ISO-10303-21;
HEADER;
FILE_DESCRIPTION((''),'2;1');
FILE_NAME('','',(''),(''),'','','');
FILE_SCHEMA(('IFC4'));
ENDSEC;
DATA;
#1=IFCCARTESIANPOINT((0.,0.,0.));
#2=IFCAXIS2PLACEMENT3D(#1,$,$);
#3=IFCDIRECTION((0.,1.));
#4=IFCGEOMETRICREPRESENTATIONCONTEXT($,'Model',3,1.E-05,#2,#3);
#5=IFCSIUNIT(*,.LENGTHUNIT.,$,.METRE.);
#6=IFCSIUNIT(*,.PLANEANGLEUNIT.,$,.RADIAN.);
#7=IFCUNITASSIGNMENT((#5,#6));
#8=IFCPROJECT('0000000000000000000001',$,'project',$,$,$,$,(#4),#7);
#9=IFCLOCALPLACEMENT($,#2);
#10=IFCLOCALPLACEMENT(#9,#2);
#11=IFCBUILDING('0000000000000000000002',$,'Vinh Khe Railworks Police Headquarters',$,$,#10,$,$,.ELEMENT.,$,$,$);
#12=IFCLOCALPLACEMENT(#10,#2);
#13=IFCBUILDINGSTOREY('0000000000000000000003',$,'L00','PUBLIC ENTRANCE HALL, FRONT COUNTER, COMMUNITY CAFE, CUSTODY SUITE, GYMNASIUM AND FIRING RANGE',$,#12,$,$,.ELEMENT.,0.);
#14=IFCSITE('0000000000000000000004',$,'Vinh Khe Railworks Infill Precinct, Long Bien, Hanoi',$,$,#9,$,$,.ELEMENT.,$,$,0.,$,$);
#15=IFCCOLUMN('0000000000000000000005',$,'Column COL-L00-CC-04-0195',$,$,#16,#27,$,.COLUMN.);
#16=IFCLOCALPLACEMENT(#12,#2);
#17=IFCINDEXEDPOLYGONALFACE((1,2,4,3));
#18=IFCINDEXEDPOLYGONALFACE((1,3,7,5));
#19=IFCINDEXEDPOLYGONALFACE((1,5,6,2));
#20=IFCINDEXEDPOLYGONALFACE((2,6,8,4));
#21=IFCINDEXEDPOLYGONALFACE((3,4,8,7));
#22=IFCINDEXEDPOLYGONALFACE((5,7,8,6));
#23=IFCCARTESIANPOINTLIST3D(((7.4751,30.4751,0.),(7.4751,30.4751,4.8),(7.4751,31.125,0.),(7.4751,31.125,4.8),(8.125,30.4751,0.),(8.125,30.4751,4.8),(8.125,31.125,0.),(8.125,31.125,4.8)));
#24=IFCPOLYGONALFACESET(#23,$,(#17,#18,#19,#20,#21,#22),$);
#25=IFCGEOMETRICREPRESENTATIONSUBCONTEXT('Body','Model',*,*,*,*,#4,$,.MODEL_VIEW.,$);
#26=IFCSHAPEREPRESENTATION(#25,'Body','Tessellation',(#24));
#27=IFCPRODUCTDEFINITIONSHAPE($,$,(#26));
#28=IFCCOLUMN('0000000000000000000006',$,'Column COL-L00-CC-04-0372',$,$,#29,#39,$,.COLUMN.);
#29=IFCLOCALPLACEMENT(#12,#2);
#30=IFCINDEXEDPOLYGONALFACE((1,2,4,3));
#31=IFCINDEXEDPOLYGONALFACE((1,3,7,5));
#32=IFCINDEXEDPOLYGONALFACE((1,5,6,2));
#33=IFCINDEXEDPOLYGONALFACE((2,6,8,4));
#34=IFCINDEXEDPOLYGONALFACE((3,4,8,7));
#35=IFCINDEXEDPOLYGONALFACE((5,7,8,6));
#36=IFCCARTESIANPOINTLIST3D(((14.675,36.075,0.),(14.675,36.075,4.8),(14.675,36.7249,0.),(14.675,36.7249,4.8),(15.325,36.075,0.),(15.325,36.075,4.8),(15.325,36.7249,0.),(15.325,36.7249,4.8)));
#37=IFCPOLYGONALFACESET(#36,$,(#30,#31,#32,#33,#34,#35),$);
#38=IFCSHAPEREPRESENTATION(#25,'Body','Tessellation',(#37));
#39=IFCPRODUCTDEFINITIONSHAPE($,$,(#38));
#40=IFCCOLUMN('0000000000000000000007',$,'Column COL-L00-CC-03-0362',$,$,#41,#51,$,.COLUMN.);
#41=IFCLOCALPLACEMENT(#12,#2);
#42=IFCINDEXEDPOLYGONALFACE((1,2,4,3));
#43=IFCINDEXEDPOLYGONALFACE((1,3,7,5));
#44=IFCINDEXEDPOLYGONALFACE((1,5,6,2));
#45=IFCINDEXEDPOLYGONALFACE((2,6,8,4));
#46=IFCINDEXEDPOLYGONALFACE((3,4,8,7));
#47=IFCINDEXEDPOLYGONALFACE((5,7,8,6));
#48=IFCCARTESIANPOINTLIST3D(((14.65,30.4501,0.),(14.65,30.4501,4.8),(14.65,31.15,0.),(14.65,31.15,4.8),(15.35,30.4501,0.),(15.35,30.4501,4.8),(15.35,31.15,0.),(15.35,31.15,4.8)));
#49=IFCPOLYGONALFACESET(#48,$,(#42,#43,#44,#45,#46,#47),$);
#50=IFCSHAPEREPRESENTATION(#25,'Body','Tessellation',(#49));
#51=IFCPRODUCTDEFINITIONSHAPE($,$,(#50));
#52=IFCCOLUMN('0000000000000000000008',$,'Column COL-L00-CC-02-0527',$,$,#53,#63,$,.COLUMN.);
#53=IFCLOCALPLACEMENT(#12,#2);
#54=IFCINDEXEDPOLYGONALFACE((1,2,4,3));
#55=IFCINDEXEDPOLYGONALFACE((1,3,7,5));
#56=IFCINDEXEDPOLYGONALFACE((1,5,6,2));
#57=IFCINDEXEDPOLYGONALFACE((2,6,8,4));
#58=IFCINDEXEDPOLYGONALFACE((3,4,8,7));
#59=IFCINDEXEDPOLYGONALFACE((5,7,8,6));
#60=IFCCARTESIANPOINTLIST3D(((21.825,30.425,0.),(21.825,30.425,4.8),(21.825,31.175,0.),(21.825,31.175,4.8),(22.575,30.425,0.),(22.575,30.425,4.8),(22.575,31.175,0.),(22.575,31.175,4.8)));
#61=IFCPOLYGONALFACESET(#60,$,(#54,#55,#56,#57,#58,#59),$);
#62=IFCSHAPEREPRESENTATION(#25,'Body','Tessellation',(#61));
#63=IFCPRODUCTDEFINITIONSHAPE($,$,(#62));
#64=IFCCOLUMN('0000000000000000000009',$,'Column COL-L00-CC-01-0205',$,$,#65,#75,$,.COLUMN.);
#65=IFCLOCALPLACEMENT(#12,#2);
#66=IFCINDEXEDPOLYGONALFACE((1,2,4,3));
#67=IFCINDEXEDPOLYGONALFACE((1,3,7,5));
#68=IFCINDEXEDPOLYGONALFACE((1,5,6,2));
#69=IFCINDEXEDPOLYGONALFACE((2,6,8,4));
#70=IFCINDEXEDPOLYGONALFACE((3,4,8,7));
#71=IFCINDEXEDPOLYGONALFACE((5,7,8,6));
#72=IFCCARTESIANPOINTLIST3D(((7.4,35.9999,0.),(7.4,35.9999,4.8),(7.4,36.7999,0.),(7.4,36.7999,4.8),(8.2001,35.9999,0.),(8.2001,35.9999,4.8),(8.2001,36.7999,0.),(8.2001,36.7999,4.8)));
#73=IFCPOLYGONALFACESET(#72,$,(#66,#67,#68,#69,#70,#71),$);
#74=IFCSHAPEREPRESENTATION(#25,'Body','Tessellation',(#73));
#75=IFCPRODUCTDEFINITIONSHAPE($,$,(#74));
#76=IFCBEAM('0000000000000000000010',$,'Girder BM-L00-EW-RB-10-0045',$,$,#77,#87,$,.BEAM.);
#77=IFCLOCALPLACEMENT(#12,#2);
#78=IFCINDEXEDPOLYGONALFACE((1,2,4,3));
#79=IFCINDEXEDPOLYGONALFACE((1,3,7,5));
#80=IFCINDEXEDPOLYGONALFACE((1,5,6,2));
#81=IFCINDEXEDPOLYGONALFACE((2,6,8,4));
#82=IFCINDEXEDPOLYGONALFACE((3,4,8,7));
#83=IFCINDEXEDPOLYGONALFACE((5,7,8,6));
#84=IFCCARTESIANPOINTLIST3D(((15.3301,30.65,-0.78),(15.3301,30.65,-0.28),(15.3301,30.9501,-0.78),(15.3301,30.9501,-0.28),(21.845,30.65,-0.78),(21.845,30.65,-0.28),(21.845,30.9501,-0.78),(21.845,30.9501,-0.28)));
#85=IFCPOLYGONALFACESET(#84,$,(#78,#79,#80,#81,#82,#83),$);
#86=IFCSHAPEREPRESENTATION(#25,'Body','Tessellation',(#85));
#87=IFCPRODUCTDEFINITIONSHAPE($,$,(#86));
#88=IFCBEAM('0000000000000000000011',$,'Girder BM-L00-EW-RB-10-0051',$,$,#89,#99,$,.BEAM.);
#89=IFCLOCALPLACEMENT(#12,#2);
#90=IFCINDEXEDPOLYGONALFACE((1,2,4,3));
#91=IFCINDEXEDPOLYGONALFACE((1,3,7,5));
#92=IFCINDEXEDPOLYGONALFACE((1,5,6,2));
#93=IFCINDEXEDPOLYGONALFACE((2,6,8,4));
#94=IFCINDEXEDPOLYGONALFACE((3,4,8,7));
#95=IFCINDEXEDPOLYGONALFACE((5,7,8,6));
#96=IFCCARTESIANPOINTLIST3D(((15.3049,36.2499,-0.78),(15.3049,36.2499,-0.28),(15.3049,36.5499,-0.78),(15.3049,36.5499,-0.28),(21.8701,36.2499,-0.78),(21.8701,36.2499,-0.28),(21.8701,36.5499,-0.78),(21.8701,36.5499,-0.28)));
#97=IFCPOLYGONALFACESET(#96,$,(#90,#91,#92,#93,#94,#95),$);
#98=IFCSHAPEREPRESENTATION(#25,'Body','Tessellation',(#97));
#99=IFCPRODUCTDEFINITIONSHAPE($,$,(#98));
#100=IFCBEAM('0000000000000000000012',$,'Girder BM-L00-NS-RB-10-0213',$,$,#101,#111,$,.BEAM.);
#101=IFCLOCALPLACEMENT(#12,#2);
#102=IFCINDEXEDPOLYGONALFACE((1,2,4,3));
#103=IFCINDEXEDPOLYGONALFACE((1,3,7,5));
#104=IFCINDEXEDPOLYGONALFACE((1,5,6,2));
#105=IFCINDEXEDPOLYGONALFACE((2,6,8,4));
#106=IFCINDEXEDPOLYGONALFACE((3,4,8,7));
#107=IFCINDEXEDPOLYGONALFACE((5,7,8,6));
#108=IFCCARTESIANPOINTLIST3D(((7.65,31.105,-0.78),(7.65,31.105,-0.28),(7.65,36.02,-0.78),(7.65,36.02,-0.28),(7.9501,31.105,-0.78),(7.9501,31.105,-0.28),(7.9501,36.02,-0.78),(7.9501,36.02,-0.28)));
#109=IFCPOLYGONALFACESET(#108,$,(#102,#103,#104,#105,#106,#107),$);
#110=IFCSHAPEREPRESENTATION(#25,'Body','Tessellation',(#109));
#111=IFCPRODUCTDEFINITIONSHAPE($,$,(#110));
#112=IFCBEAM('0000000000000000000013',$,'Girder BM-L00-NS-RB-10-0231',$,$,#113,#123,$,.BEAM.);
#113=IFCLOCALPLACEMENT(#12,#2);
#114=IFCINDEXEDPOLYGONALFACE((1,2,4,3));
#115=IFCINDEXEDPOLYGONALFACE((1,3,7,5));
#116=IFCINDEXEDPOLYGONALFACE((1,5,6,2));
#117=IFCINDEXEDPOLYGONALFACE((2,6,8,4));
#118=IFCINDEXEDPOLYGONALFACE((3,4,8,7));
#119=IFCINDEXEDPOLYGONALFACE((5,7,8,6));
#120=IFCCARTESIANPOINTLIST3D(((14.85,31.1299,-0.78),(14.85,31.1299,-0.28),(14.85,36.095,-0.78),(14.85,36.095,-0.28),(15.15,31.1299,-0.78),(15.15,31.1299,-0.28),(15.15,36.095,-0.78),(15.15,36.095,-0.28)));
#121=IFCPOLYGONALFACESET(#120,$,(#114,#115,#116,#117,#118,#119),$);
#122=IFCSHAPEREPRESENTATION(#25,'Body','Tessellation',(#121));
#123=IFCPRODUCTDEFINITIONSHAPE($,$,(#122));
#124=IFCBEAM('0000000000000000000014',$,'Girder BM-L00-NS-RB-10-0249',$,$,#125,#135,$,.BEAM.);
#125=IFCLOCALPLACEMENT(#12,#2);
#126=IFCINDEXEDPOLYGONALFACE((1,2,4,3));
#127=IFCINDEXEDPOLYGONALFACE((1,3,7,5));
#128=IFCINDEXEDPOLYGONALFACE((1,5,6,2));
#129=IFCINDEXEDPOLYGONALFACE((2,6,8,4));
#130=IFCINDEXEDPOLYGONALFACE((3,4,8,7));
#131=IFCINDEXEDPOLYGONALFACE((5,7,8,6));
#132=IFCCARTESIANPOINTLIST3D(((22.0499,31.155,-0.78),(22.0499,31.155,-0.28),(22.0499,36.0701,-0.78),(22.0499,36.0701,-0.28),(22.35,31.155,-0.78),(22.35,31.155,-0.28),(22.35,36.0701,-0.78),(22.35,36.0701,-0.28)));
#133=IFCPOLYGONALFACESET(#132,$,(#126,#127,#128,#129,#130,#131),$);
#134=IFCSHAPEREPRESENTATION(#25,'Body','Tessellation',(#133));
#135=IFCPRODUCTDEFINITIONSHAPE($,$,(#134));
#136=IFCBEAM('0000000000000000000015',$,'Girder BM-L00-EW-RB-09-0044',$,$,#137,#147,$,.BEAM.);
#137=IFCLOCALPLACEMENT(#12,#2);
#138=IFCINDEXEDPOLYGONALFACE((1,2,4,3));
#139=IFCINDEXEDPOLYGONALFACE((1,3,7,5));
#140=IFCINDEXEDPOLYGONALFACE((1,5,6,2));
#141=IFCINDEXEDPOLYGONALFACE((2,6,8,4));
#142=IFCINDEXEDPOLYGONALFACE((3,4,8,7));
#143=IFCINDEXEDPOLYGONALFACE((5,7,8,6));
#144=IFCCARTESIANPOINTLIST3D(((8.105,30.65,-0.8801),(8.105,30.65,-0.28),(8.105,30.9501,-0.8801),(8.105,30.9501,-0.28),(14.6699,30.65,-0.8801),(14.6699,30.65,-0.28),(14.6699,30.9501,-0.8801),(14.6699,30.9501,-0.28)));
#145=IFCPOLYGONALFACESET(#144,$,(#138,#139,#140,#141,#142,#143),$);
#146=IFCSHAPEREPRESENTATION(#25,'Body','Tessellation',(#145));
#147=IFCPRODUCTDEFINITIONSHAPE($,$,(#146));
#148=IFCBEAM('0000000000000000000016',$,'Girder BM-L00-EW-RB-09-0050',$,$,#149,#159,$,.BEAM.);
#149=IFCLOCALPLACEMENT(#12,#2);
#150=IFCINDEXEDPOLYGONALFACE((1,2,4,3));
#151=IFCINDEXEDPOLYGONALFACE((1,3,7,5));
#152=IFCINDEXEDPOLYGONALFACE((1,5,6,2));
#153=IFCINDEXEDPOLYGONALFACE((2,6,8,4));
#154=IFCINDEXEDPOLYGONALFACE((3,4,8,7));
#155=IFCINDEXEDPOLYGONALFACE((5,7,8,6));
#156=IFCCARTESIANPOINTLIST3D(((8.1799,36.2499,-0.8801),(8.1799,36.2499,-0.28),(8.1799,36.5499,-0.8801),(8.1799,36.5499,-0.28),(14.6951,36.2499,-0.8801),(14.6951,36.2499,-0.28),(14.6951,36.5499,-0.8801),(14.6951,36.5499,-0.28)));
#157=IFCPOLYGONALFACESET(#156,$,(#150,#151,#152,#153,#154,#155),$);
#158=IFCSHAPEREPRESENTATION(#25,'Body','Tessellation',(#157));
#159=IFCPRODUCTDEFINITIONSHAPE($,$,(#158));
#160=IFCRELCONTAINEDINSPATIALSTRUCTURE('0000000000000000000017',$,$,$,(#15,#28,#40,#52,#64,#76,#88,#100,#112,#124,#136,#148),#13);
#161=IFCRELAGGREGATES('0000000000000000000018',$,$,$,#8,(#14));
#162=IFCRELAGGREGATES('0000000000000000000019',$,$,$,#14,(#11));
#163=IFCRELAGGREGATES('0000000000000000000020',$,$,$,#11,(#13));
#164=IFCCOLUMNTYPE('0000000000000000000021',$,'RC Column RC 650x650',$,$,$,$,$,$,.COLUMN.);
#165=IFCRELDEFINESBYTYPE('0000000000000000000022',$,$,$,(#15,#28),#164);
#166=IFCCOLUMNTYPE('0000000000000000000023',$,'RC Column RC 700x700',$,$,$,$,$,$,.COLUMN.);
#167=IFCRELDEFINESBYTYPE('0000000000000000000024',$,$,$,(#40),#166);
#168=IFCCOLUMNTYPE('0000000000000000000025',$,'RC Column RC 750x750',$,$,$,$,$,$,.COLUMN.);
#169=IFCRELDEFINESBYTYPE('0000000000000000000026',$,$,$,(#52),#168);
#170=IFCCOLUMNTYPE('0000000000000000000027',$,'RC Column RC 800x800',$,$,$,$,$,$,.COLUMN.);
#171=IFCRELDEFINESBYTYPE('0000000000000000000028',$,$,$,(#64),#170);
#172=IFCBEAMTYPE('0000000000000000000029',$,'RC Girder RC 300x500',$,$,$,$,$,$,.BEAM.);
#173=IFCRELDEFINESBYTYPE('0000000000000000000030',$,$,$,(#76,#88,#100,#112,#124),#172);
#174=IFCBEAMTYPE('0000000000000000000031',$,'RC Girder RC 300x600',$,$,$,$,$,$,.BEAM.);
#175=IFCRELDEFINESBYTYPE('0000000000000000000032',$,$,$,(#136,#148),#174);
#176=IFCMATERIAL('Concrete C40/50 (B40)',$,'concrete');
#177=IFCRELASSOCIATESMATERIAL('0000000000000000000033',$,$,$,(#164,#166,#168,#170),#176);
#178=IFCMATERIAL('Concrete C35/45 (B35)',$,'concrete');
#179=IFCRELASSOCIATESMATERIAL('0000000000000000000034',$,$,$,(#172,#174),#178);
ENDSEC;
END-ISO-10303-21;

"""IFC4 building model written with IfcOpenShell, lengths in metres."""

from ifc_helpers import new_model, si_unit, direction, frame, origin, origin_2d, place, context, subcontext, project, spatial, rectangle, extrude, material, material_profile, profile_set, type_object, element, save


model = new_model("IFC4")

# Units and contexts
model_context = context("Model", 3, precision=1e-05, world=origin(), true_north=direction((0.0, 1.0)))
body_context = subcontext(model_context, "Body", "Model", "MODEL_VIEW")
ifc_project = project(units=[si_unit("LENGTHUNIT", "METRE"), si_unit("PLANEANGLEUNIT", "RADIAN")], contexts=[model_context])

# Site, building, storey
site_placement = place(None, origin())
site = spatial("IfcSite", under=ifc_project, at=site_placement, Name="Vinh Khe Railworks Infill Precinct, Long Bien, Hanoi", CompositionType="ELEMENT", RefElevation=0.0)
building_placement = place(site_placement, origin())
building = spatial("IfcBuilding", under=site, at=building_placement, Name="Vinh Khe Railworks Police Headquarters", CompositionType="ELEMENT")
storey_placement = place(building_placement, origin())
storey = spatial("IfcBuildingStorey", under=building, at=storey_placement, Name="L00", Description="PUBLIC ENTRANCE HALL, FRONT COUNTER, COMMUNITY CAFE, CUSTODY SUITE, GYMNASIUM AND FIRING RANGE", CompositionType="ELEMENT", Elevation=0.0)

# Columns
ifc_material_1 = material(Name="Concrete C40/50 (B40)", Category="concrete")
ifc_material_profile_1 = material_profile(ifc_material_1, rectangle(XDim=0.6499, YDim=0.6499, at=origin_2d()), Name="RC 650x650")
ifc_profile_set_1 = profile_set([ifc_material_profile_1], Name="Concrete C40/50 (B40)")
column_type_1 = type_object("IfcColumnType", Name="RC Column RC 650x650", PredefinedType="COLUMN", material=ifc_profile_set_1)
for number, where, z_axis, x_axis, name in (
    (1, (7.8, 30.8, 0.0), (0.0, 0.0, 1.0), (1.0, 0.0, 0.0), "Column COL-L00-CC-04-0195"),
    (2, (15.0, 36.3999, 0.0), (0.0, 0.0, 1.0), (1.0, 0.0, 0.0), "Column COL-L00-CC-04-0372"),
):
    element("IfcColumn", number, at=place(storey_placement, frame(where, z_axis=z_axis, x_axis=x_axis)), inside=storey, type_object=column_type_1, Name=name, PredefinedType="COLUMN", context=body_context, shape_type="SweptSolid", body=[
        extrude(rectangle(XDim=0.6499, YDim=0.6499, at=origin_2d()), origin(), (0.0, 0.0, 1.0), 4.8),
    ])
ifc_material_profile_2 = material_profile(ifc_material_1, rectangle(XDim=0.7, YDim=0.7, at=origin_2d()), Name="RC 700x700")
ifc_profile_set_2 = profile_set([ifc_material_profile_2], Name="Concrete C40/50 (B40)")
column_type_2 = type_object("IfcColumnType", Name="RC Column RC 700x700", PredefinedType="COLUMN", material=ifc_profile_set_2)
column_1_placement = place(storey_placement, frame((15.0, 30.8, 0.0), z_axis=(0.0, 0.0, 1.0), x_axis=(1.0, 0.0, 0.0)))
element("IfcColumn", 3, at=column_1_placement, inside=storey, type_object=column_type_2, Name="Column COL-L00-CC-03-0362", PredefinedType="COLUMN", context=body_context, shape_type="SweptSolid", body=[
    extrude(rectangle(XDim=0.7, YDim=0.7, at=origin_2d()), origin(), (0.0, 0.0, 1.0), 4.8),
])
ifc_material_profile_3 = material_profile(ifc_material_1, rectangle(XDim=0.75, YDim=0.75, at=origin_2d()), Name="RC 750x750")
ifc_profile_set_3 = profile_set([ifc_material_profile_3], Name="Concrete C40/50 (B40)")
column_type_3 = type_object("IfcColumnType", Name="RC Column RC 750x750", PredefinedType="COLUMN", material=ifc_profile_set_3)
column_2_placement = place(storey_placement, frame((22.2, 30.8, 0.0), z_axis=(0.0, 0.0, 1.0), x_axis=(1.0, 0.0, 0.0)))
element("IfcColumn", 4, at=column_2_placement, inside=storey, type_object=column_type_3, Name="Column COL-L00-CC-02-0527", PredefinedType="COLUMN", context=body_context, shape_type="SweptSolid", body=[
    extrude(rectangle(XDim=0.75, YDim=0.75, at=origin_2d()), origin(), (0.0, 0.0, 1.0), 4.8),
])
ifc_material_profile_4 = material_profile(ifc_material_1, rectangle(XDim=0.8, YDim=0.8, at=origin_2d()), Name="RC 800x800")
ifc_profile_set_4 = profile_set([ifc_material_profile_4], Name="Concrete C40/50 (B40)")
column_type_4 = type_object("IfcColumnType", Name="RC Column RC 800x800", PredefinedType="COLUMN", material=ifc_profile_set_4)
column_3_placement = place(storey_placement, frame((7.8, 36.3999, 0.0), z_axis=(0.0, 0.0, 1.0), x_axis=(1.0, 0.0, 0.0)))
element("IfcColumn", 5, at=column_3_placement, inside=storey, type_object=column_type_4, Name="Column COL-L00-CC-01-0205", PredefinedType="COLUMN", context=body_context, shape_type="SweptSolid", body=[
    extrude(rectangle(XDim=0.8, YDim=0.8, at=origin_2d()), origin(), (0.0, 0.0, 1.0), 4.8),
])

# Beams
ifc_material_2 = material(Name="Concrete C35/45 (B35)", Category="concrete")
ifc_material_profile_5 = material_profile(ifc_material_2, rectangle(XDim=0.3, YDim=0.5, at=origin_2d()), Name="RC 300x500")
ifc_profile_set_5 = profile_set([ifc_material_profile_5], Name="Concrete C35/45 (B35)")
beam_type_1 = type_object("IfcBeamType", Name="RC Girder RC 300x500", PredefinedType="BEAM", material=ifc_profile_set_5)
beam_1_placement = place(storey_placement, frame((15.3301, 30.8, -0.53), z_axis=(1.0, 0.0, 0.0), x_axis=(0.0, 1.0, 0.0)))
element("IfcBeam", 6, at=beam_1_placement, inside=storey, type_object=beam_type_1, Name="Girder BM-L00-EW-RB-10-0045", PredefinedType="BEAM", context=body_context, shape_type="SweptSolid", body=[
    extrude(rectangle(XDim=0.3, YDim=0.5, at=origin_2d()), origin(), (0.0, 0.0, 1.0), 6.5149),
])
beam_2_placement = place(storey_placement, frame((15.3049, 36.3999, -0.53), z_axis=(1.0, 0.0, 0.0), x_axis=(0.0, 1.0, 0.0)))
element("IfcBeam", 7, at=beam_2_placement, inside=storey, type_object=beam_type_1, Name="Girder BM-L00-EW-RB-10-0051", PredefinedType="BEAM", context=body_context, shape_type="SweptSolid", body=[
    extrude(rectangle(XDim=0.3, YDim=0.5, at=origin_2d()), origin(), (0.0, 0.0, 1.0), 6.5652),
])
beam_3_placement = place(storey_placement, frame((7.8, 31.105, -0.53), z_axis=(0.0, 1.0, 0.0), x_axis=(-1.0, 0.0, 0.0)))
element("IfcBeam", 8, at=beam_3_placement, inside=storey, type_object=beam_type_1, Name="Girder BM-L00-NS-RB-10-0213", PredefinedType="BEAM", context=body_context, shape_type="SweptSolid", body=[
    extrude(rectangle(XDim=0.3, YDim=0.5, at=origin_2d()), origin(), (0.0, 0.0, 1.0), 4.915),
])
beam_4_placement = place(storey_placement, frame((15.0, 31.1299, -0.53), z_axis=(0.0, 1.0, 0.0), x_axis=(-1.0, 0.0, 0.0)))
element("IfcBeam", 9, at=beam_4_placement, inside=storey, type_object=beam_type_1, Name="Girder BM-L00-NS-RB-10-0231", PredefinedType="BEAM", context=body_context, shape_type="SweptSolid", body=[
    extrude(rectangle(XDim=0.3, YDim=0.5, at=origin_2d()), origin(), (0.0, 0.0, 1.0), 4.9651),
])
beam_5_placement = place(storey_placement, frame((22.2, 31.155, -0.53), z_axis=(0.0, 1.0, 0.0), x_axis=(-1.0, 0.0, 0.0)))
element("IfcBeam", 10, at=beam_5_placement, inside=storey, type_object=beam_type_1, Name="Girder BM-L00-NS-RB-10-0249", PredefinedType="BEAM", context=body_context, shape_type="SweptSolid", body=[
    extrude(rectangle(XDim=0.3, YDim=0.5, at=origin_2d()), origin(), (0.0, 0.0, 1.0), 4.915),
])
ifc_material_profile_6 = material_profile(ifc_material_2, rectangle(XDim=0.3, YDim=0.6001, at=origin_2d()), Name="RC 300x600")
ifc_profile_set_6 = profile_set([ifc_material_profile_6], Name="Concrete C35/45 (B35)")
beam_type_2 = type_object("IfcBeamType", Name="RC Girder RC 300x600", PredefinedType="BEAM", material=ifc_profile_set_6)
beam_6_placement = place(storey_placement, frame((8.105, 30.8, -0.5801), z_axis=(1.0, 0.0, 0.0), x_axis=(0.0, 1.0, 0.0)))
element("IfcBeam", 11, at=beam_6_placement, inside=storey, type_object=beam_type_2, Name="Girder BM-L00-EW-RB-09-0044", PredefinedType="BEAM", context=body_context, shape_type="SweptSolid", body=[
    extrude(rectangle(XDim=0.3, YDim=0.6001, at=origin_2d()), origin(), (0.0, 0.0, 1.0), 6.5649),
])
beam_7_placement = place(storey_placement, frame((8.1799, 36.3999, -0.5801), z_axis=(1.0, 0.0, 0.0), x_axis=(0.0, 1.0, 0.0)))
element("IfcBeam", 12, at=beam_7_placement, inside=storey, type_object=beam_type_2, Name="Girder BM-L00-EW-RB-09-0050", PredefinedType="BEAM", context=body_context, shape_type="SweptSolid", body=[
    extrude(rectangle(XDim=0.3, YDim=0.6001, at=origin_2d()), origin(), (0.0, 0.0, 1.0), 6.5151),
])

save(model, "model.ifc")
